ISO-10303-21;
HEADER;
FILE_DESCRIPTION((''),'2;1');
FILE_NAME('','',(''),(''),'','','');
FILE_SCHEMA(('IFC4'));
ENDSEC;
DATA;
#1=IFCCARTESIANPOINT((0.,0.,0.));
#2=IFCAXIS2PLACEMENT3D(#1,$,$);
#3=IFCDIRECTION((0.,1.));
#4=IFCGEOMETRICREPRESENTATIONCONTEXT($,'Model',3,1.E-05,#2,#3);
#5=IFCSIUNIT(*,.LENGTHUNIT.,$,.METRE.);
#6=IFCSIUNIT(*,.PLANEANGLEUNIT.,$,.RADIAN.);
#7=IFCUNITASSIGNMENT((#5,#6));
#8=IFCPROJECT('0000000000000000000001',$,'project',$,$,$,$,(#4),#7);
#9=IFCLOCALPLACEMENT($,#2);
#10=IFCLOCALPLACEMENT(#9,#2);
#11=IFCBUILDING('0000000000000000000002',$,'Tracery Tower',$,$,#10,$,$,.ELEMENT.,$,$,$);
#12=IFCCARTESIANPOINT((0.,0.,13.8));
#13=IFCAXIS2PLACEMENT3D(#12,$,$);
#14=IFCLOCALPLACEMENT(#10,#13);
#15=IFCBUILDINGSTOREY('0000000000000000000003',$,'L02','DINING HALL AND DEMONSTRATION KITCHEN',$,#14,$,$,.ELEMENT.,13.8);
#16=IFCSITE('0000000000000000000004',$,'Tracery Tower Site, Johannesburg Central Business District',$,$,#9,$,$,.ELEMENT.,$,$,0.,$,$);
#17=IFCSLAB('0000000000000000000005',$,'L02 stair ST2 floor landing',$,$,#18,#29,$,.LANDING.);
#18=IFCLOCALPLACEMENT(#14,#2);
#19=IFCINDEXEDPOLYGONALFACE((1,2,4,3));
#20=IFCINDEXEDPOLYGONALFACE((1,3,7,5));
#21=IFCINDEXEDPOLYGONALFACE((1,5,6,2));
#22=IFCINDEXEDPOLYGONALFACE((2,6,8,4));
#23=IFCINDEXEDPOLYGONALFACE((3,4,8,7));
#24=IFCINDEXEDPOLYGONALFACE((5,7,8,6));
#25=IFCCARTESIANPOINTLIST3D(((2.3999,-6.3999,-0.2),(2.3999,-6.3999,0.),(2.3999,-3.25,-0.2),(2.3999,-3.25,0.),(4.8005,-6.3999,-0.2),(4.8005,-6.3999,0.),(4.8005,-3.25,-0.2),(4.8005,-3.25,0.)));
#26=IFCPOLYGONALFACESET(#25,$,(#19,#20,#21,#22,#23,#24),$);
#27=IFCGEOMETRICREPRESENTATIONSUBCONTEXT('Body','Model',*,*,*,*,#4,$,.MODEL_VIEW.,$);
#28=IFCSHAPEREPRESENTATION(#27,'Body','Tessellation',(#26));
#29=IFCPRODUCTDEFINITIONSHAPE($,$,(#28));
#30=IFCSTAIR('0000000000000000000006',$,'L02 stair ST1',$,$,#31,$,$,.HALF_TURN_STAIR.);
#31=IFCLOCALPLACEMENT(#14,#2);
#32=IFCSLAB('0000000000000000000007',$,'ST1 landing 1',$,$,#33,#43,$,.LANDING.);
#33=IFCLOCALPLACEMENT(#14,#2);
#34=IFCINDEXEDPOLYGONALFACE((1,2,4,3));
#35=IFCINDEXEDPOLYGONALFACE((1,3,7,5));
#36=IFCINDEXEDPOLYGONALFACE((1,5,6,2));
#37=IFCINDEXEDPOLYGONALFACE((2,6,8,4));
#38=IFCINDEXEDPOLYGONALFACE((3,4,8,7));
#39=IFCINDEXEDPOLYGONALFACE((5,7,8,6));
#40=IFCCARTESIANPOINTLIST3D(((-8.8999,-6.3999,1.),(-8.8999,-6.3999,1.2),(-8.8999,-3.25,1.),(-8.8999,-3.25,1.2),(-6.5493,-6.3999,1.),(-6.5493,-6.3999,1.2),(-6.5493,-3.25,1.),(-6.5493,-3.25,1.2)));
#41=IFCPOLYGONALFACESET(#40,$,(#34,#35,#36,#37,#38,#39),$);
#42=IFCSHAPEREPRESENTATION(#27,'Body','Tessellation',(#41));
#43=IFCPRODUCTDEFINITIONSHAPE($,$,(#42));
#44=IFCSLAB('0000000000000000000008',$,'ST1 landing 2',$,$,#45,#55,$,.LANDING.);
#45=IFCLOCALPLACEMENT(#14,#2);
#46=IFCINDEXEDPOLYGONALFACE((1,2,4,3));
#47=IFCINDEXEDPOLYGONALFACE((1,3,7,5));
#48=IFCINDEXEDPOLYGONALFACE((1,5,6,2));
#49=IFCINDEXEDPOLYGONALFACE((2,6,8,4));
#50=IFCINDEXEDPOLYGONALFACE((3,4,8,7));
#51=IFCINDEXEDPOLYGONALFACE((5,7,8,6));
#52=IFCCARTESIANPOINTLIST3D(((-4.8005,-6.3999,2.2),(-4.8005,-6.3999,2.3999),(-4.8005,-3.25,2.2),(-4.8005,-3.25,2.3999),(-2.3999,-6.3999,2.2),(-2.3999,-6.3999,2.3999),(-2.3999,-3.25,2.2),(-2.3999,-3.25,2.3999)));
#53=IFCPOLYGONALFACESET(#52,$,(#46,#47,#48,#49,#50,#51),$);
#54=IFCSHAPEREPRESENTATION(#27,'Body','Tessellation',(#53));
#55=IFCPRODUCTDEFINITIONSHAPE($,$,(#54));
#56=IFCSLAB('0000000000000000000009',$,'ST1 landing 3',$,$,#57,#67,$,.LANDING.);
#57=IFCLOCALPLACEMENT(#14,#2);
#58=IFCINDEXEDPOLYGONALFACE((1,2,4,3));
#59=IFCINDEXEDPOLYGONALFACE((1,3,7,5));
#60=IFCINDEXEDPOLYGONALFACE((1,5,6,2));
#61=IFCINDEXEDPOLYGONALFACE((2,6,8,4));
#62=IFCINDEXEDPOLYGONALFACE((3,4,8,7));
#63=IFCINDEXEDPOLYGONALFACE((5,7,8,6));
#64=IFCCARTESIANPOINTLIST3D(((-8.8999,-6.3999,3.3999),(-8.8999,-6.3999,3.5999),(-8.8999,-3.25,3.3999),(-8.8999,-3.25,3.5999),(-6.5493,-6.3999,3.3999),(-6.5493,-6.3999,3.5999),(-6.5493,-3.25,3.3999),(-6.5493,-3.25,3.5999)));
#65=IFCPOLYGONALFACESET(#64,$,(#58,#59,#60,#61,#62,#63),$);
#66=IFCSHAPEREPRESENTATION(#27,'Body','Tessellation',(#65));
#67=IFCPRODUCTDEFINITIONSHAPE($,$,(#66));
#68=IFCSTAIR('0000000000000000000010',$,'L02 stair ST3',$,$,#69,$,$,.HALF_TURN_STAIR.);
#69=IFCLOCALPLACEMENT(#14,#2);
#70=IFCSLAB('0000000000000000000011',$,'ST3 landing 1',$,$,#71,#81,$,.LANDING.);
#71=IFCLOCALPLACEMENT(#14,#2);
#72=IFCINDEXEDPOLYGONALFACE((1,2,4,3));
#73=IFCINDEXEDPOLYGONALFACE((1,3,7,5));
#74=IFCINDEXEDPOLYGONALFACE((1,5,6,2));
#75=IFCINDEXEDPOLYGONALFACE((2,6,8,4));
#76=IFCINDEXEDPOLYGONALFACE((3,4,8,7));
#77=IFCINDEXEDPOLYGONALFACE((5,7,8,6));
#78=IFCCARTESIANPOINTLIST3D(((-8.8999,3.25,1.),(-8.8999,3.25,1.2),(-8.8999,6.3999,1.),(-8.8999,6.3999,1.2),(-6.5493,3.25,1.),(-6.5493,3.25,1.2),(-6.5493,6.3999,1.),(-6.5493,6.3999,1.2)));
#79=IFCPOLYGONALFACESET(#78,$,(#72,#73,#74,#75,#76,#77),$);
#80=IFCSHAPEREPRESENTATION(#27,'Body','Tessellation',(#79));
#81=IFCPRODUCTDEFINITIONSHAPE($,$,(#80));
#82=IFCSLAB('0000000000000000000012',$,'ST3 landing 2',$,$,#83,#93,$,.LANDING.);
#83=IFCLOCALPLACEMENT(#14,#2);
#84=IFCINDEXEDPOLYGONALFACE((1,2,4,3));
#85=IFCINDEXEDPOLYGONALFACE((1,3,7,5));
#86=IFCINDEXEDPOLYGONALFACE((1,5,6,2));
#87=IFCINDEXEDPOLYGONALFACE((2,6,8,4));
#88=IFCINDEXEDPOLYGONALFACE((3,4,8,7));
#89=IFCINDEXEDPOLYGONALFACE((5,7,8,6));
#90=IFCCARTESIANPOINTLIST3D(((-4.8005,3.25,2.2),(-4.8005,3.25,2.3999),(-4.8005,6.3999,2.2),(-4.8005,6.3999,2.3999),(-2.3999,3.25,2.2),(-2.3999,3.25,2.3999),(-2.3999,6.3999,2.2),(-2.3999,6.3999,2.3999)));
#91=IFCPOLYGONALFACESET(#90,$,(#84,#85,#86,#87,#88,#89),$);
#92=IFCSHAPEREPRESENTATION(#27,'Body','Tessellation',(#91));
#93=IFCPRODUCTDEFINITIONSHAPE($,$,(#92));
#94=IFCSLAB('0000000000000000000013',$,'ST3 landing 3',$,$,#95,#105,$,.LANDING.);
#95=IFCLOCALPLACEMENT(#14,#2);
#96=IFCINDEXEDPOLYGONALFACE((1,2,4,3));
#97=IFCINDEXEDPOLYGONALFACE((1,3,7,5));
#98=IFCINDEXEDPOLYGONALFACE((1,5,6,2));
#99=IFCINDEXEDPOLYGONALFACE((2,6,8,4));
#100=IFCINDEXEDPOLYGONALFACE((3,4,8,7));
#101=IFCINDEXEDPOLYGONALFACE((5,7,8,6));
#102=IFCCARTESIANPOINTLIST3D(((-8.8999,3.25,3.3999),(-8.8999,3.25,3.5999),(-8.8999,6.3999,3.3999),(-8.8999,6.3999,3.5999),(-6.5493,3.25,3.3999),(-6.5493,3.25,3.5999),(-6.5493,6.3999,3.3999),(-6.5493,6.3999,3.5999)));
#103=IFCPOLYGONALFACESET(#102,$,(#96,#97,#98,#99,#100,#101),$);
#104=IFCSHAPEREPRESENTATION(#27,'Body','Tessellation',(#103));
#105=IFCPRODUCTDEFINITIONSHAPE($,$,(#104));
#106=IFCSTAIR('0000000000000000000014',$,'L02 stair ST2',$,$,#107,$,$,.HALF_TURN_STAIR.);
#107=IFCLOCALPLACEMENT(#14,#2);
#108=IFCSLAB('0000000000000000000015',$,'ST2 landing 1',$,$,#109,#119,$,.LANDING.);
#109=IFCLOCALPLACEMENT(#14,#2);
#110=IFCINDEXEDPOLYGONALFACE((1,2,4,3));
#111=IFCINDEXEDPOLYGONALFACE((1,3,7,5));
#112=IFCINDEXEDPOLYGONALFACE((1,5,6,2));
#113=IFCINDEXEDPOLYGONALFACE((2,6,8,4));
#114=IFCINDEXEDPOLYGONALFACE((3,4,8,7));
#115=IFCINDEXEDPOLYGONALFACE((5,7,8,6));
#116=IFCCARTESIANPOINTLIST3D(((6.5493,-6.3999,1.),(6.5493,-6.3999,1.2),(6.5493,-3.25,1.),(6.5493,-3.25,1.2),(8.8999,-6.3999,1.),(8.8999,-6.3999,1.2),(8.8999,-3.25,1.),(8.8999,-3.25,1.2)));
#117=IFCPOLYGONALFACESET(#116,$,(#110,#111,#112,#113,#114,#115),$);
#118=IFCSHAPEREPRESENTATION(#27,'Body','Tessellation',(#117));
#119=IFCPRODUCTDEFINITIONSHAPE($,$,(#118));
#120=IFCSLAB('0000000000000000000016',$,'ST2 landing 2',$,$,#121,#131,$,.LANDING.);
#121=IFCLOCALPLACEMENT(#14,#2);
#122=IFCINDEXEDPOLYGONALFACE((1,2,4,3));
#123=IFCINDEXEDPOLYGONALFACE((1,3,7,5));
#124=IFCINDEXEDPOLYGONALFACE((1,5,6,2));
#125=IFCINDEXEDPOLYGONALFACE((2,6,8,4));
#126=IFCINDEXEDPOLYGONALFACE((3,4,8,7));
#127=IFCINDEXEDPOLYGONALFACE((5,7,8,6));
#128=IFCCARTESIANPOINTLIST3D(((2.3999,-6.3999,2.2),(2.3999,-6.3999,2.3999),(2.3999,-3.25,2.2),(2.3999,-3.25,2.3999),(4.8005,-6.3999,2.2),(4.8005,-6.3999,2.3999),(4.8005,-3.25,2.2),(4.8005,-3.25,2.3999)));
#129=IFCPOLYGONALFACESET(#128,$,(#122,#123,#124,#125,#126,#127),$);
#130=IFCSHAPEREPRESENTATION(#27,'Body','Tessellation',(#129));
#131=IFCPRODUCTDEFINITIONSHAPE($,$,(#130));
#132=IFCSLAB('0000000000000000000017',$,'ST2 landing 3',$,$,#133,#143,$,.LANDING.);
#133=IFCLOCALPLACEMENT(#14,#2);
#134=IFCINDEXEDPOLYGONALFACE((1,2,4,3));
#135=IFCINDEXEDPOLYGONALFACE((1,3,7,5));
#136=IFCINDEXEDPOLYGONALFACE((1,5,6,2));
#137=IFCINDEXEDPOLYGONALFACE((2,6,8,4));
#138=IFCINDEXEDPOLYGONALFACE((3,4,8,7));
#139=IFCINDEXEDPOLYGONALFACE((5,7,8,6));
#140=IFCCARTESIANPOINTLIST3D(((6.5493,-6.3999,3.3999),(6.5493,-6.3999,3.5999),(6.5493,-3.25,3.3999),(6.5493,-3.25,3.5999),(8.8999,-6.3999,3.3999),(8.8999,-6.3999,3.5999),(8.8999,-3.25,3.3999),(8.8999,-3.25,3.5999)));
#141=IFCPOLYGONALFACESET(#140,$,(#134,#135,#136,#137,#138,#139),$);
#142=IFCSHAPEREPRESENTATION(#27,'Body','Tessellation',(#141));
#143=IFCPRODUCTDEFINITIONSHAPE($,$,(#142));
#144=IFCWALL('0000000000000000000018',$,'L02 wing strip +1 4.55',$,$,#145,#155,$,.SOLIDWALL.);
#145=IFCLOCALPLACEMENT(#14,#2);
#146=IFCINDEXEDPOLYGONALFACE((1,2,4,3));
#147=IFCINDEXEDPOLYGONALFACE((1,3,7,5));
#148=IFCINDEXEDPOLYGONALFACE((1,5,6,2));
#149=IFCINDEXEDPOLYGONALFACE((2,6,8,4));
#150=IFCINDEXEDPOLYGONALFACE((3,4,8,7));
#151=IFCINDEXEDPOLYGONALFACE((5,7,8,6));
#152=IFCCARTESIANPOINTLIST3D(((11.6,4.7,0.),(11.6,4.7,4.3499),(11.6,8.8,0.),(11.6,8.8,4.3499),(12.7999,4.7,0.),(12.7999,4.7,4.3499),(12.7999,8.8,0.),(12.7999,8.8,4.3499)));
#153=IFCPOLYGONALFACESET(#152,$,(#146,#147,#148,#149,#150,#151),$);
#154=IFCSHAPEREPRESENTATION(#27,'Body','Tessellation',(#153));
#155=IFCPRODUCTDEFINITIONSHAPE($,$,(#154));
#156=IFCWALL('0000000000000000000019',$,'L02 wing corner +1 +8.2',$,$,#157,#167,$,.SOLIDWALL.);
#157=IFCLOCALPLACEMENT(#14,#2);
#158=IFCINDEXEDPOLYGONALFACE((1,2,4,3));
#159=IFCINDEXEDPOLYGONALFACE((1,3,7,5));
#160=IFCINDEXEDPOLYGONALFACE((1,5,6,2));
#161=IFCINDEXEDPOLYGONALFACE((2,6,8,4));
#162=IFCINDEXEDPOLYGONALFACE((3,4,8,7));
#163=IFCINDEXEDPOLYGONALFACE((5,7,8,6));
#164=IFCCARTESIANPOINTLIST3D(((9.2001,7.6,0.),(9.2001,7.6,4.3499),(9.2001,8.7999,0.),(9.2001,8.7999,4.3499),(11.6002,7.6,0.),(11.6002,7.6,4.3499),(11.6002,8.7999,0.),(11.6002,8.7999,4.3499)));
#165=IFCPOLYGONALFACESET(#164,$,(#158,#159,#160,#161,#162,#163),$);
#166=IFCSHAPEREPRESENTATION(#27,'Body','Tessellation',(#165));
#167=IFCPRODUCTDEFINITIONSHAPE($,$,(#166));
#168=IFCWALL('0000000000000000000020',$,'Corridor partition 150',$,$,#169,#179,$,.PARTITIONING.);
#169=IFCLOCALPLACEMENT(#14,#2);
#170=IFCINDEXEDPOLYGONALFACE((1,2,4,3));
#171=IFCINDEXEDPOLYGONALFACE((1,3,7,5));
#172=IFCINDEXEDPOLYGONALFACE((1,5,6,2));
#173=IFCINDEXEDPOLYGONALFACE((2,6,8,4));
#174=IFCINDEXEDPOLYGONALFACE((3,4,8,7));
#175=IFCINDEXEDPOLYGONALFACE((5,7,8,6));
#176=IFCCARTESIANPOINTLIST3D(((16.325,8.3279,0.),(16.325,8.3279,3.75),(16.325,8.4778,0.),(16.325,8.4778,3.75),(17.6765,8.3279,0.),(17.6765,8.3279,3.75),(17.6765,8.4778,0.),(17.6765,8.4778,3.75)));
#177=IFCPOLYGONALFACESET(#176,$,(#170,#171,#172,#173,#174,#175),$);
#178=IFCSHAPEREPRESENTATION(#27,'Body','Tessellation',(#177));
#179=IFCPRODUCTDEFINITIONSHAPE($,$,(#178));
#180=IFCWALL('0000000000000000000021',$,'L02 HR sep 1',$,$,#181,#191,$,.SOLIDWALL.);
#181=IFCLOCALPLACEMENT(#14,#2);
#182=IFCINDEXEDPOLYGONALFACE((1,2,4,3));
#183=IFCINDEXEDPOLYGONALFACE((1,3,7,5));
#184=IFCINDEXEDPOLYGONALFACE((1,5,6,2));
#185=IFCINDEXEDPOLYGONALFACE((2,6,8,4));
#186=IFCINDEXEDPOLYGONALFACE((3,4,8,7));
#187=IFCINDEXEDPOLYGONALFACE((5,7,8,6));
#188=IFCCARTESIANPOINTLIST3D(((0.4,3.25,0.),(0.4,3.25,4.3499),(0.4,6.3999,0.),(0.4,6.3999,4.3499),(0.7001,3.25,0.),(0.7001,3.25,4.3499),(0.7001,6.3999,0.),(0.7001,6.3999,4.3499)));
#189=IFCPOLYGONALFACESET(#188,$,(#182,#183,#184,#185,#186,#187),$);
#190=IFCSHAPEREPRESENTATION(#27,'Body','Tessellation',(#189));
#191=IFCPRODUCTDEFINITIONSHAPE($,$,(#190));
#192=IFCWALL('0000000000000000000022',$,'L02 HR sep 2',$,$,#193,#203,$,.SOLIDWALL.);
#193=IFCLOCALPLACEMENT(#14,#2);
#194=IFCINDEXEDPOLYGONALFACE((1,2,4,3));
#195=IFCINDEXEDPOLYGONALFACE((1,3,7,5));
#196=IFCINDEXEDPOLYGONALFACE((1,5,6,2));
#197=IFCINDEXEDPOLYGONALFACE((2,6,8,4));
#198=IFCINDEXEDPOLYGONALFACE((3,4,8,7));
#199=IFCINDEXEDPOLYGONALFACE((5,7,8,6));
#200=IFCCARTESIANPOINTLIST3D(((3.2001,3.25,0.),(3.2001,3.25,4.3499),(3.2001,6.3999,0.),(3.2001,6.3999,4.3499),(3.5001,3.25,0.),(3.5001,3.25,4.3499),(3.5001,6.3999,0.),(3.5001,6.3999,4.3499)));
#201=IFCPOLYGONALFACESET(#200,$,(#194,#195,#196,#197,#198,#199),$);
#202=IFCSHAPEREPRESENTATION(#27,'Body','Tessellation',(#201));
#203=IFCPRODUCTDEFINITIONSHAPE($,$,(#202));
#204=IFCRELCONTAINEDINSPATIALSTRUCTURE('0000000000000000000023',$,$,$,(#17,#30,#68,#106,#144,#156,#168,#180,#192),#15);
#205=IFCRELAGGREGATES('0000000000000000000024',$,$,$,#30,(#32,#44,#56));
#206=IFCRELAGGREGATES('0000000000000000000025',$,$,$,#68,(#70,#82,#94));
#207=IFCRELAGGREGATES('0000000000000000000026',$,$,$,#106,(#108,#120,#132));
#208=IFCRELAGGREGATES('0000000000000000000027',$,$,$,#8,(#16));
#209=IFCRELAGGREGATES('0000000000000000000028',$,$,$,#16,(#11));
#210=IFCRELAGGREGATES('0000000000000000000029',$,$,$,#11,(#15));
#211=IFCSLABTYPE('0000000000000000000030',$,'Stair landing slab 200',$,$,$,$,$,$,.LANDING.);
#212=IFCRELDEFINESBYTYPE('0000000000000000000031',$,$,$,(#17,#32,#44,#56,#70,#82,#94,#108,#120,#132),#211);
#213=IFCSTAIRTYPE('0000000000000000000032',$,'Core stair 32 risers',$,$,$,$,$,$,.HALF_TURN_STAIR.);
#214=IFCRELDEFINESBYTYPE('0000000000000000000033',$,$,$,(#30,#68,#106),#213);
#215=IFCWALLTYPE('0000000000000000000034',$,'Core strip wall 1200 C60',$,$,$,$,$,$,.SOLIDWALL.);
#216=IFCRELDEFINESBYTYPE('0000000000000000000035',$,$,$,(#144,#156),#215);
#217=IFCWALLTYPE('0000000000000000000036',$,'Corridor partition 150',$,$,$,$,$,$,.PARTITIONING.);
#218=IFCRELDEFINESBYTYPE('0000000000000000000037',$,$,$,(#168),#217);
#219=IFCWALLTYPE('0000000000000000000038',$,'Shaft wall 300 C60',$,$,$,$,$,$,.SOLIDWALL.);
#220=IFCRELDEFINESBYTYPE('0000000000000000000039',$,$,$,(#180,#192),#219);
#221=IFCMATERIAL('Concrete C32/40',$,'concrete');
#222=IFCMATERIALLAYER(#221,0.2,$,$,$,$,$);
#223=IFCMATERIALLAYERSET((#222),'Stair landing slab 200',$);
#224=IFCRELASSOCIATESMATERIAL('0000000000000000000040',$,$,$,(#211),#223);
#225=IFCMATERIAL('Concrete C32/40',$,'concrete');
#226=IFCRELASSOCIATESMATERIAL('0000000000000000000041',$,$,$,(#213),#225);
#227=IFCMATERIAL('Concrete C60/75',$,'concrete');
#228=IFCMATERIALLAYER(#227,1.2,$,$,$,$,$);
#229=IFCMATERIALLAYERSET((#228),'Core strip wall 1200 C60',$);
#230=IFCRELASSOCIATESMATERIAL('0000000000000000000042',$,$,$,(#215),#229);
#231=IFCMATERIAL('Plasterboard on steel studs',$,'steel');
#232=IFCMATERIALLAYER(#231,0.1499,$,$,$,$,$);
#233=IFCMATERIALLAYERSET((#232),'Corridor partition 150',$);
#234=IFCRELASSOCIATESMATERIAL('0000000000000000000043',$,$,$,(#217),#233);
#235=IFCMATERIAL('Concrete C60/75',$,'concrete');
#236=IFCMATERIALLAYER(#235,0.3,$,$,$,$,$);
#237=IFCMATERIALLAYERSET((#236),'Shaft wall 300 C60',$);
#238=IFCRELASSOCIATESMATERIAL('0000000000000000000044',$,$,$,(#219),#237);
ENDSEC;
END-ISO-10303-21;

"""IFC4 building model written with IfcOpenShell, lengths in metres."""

from ifc_helpers import new_model, si_unit, direction, frame, frame_2d, origin, place, context, subcontext, project, spatial, polyline, rectangle, outline, extrude, material, layer, layer_set, type_object, element, aggregate, save


model = new_model("IFC4")

# Units and contexts
model_context = context("Model", 3, precision=1e-05, world=origin(), true_north=direction((0.0, 1.0)))
body_context = subcontext(model_context, "Body", "Model", "MODEL_VIEW")
ifc_project = project(units=[si_unit("LENGTHUNIT", "METRE"), si_unit("PLANEANGLEUNIT", "RADIAN")], contexts=[model_context])

# Site, building, storey
site_placement = place(None, origin())
site = spatial("IfcSite", under=ifc_project, at=site_placement, Name="Tracery Tower Site, Johannesburg Central Business District", CompositionType="ELEMENT", RefElevation=0.0)
building_placement = place(site_placement, origin())
building = spatial("IfcBuilding", under=site, at=building_placement, Name="Tracery Tower", CompositionType="ELEMENT")
storey_placement = place(building_placement, frame((0.0, 0.0, 13.8)))
storey = spatial("IfcBuildingStorey", under=building, at=storey_placement, Name="L02", Description="DINING HALL AND DEMONSTRATION KITCHEN", CompositionType="ELEMENT", Elevation=13.8)

# Slab
ifc_material_1 = material(Name="Concrete C32/40", Category="concrete")
ifc_layer_1 = layer(ifc_material_1, 0.2)
ifc_layer_set_1 = layer_set([ifc_layer_1], Name="Stair landing slab 200")
slab_type = type_object("IfcSlabType", Name="Stair landing slab 200", PredefinedType="LANDING", material=ifc_layer_set_1)
slab_1_placement = place(storey_placement, frame((0.0, 0.0, -0.2)))
element("IfcSlab", 1, at=slab_1_placement, inside=storey, type_object=slab_type, Name="L02 stair ST2 floor landing", PredefinedType="LANDING", context=body_context, shape_type="SweptSolid", body=[
    extrude(outline(polyline([(2.3999, -6.3999), (4.8005, -6.3999), (4.8005, -3.25), (2.3999, -3.25), (2.3999, -6.3999)])), origin(), (0.0, 0.0, 1.0), 0.2),
])

# Stairs, slabs
ifc_material_2 = material(Name="Concrete C32/40", Category="concrete")
stair_type = type_object("IfcStairType", Name="Core stair 32 risers", PredefinedType="HALF_TURN_STAIR", material=ifc_material_2)
stair_1_placement = place(storey_placement, origin())
stair_1 = element("IfcStair", 2, at=stair_1_placement, inside=storey, type_object=stair_type, Name="L02 stair ST1", PredefinedType="HALF_TURN_STAIR")
slab_2_placement = place(storey_placement, frame((0.0, 0.0, 1.0)))
slab_2 = element("IfcSlab", 3, at=slab_2_placement, type_object=slab_type, Name="ST1 landing 1", PredefinedType="LANDING", context=body_context, shape_type="SweptSolid", body=[
    extrude(outline(polyline([(-6.5493, -3.25), (-8.8999, -3.25), (-8.8999, -6.3999), (-6.5493, -6.3999), (-6.5493, -3.25)])), origin(), (0.0, 0.0, 1.0), 0.2),
])
slab_3_placement = place(storey_placement, frame((0.0, 0.0, 2.2)))
slab_3 = element("IfcSlab", 4, at=slab_3_placement, type_object=slab_type, Name="ST1 landing 2", PredefinedType="LANDING", context=body_context, shape_type="SweptSolid", body=[
    extrude(outline(polyline([(-2.3999, -3.25), (-4.8005, -3.25), (-4.8005, -6.3999), (-2.3999, -6.3999), (-2.3999, -3.25)])), origin(), (0.0, 0.0, 1.0), 0.2),
])
slab_4_placement = place(storey_placement, frame((0.0, 0.0, 3.3999)))
slab_4 = element("IfcSlab", 5, at=slab_4_placement, type_object=slab_type, Name="ST1 landing 3", PredefinedType="LANDING", context=body_context, shape_type="SweptSolid", body=[
    extrude(outline(polyline([(-6.5493, -3.25), (-8.8999, -3.25), (-8.8999, -6.3999), (-6.5493, -6.3999), (-6.5493, -3.25)])), origin(), (0.0, 0.0, 1.0), 0.2),
])
aggregate(stair_1, [slab_2, slab_3, slab_4])
stair_2_placement = place(storey_placement, origin())
stair_2 = element("IfcStair", 6, at=stair_2_placement, inside=storey, type_object=stair_type, Name="L02 stair ST3", PredefinedType="HALF_TURN_STAIR")
slab_5_placement = place(storey_placement, frame((0.0, 0.0, 1.0)))
slab_5 = element("IfcSlab", 7, at=slab_5_placement, type_object=slab_type, Name="ST3 landing 1", PredefinedType="LANDING", context=body_context, shape_type="SweptSolid", body=[
    extrude(outline(polyline([(-6.5493, 6.3999), (-8.8999, 6.3999), (-8.8999, 3.25), (-6.5493, 3.25), (-6.5493, 6.3999)])), origin(), (0.0, 0.0, 1.0), 0.2),
])
slab_6_placement = place(storey_placement, frame((0.0, 0.0, 2.2)))
slab_6 = element("IfcSlab", 8, at=slab_6_placement, type_object=slab_type, Name="ST3 landing 2", PredefinedType="LANDING", context=body_context, shape_type="SweptSolid", body=[
    extrude(outline(polyline([(-2.3999, 6.3999), (-4.8005, 6.3999), (-4.8005, 3.25), (-2.3999, 3.25), (-2.3999, 6.3999)])), origin(), (0.0, 0.0, 1.0), 0.2),
])
slab_7_placement = place(storey_placement, frame((0.0, 0.0, 3.3999)))
slab_7 = element("IfcSlab", 9, at=slab_7_placement, type_object=slab_type, Name="ST3 landing 3", PredefinedType="LANDING", context=body_context, shape_type="SweptSolid", body=[
    extrude(outline(polyline([(-6.5493, 6.3999), (-8.8999, 6.3999), (-8.8999, 3.25), (-6.5493, 3.25), (-6.5493, 6.3999)])), origin(), (0.0, 0.0, 1.0), 0.2),
])
aggregate(stair_2, [slab_5, slab_6, slab_7])
stair_3_placement = place(storey_placement, origin())
stair_3 = element("IfcStair", 10, at=stair_3_placement, inside=storey, type_object=stair_type, Name="L02 stair ST2", PredefinedType="HALF_TURN_STAIR")
slab_8_placement = place(storey_placement, frame((0.0, 0.0, 1.0)))
slab_8 = element("IfcSlab", 11, at=slab_8_placement, type_object=slab_type, Name="ST2 landing 1", PredefinedType="LANDING", context=body_context, shape_type="SweptSolid", body=[
    extrude(outline(polyline([(6.5493, -6.3999), (8.8999, -6.3999), (8.8999, -3.25), (6.5493, -3.25), (6.5493, -6.3999)])), origin(), (0.0, 0.0, 1.0), 0.2),
])
slab_9_placement = place(storey_placement, frame((0.0, 0.0, 2.2)))
slab_9 = element("IfcSlab", 12, at=slab_9_placement, type_object=slab_type, Name="ST2 landing 2", PredefinedType="LANDING", context=body_context, shape_type="SweptSolid", body=[
    extrude(outline(polyline([(2.3999, -6.3999), (4.8005, -6.3999), (4.8005, -3.25), (2.3999, -3.25), (2.3999, -6.3999)])), origin(), (0.0, 0.0, 1.0), 0.2),
])
slab_10_placement = place(storey_placement, frame((0.0, 0.0, 3.3999)))
slab_10 = element("IfcSlab", 13, at=slab_10_placement, type_object=slab_type, Name="ST2 landing 3", PredefinedType="LANDING", context=body_context, shape_type="SweptSolid", body=[
    extrude(outline(polyline([(6.5493, -6.3999), (8.8999, -6.3999), (8.8999, -3.25), (6.5493, -3.25), (6.5493, -6.3999)])), origin(), (0.0, 0.0, 1.0), 0.2),
])
aggregate(stair_3, [slab_8, slab_9, slab_10])

# Walls
ifc_material_3 = material(Name="Concrete C60/75", Category="concrete")
ifc_layer_2 = layer(ifc_material_3, 1.2)
ifc_layer_set_2 = layer_set([ifc_layer_2], Name="Core strip wall 1200 C60")
wall_type_1 = type_object("IfcWallType", Name="Core strip wall 1200 C60", PredefinedType="SOLIDWALL", material=ifc_layer_set_2)
wall_1_placement = place(storey_placement, frame((12.2, 4.7, 0.0), z_axis=(0.0, 0.0, 1.0), x_axis=(0.0, 1.0, 0.0)))
element("IfcWall", 14, at=wall_1_placement, inside=storey, type_object=wall_type_1, Name="L02 wing strip +1 4.55", PredefinedType="SOLIDWALL", context=body_context, shape_type="SweptSolid", body=[
    extrude(rectangle(XDim=4.1001, YDim=1.2, at=frame_2d((2.05, 0.0))), origin(), (0.0, 0.0, 1.0), 4.3499),
])
wall_2_placement = place(storey_placement, frame((9.2, 8.2, 0.0), z_axis=(0.0, 0.0, 1.0), x_axis=(1.0, 0.0, 0.0)))
element("IfcWall", 15, at=wall_2_placement, inside=storey, type_object=wall_type_1, Name="L02 wing corner +1 +8.2", PredefinedType="SOLIDWALL", context=body_context, shape_type="SweptSolid", body=[
    extrude(rectangle(XDim=2.4001, YDim=1.2, at=frame_2d((1.2002, 0.0))), origin(), (0.0, 0.0, 1.0), 4.3499),
])
ifc_material_4 = material(Name="Plasterboard on steel studs", Category="steel")
ifc_layer_3 = layer(ifc_material_4, 0.1499)
ifc_layer_set_3 = layer_set([ifc_layer_3], Name="Corridor partition 150")
wall_type_2 = type_object("IfcWallType", Name="Corridor partition 150", PredefinedType="PARTITIONING", material=ifc_layer_set_3)
wall_3_placement = place(storey_placement, frame((16.325, 8.4028, 0.0), z_axis=(0.0, 0.0, 1.0), x_axis=(1.0, 0.0, 0.0)))
element("IfcWall", 16, at=wall_3_placement, inside=storey, type_object=wall_type_2, Name="Corridor partition 150", PredefinedType="PARTITIONING", context=body_context, shape_type="SweptSolid", body=[
    extrude(rectangle(XDim=1.3516, YDim=0.1499, at=frame_2d((0.6758, 0.0))), origin(), (0.0, 0.0, 1.0), 3.75),
])
ifc_material_5 = material(Name="Concrete C60/75", Category="concrete")
ifc_layer_4 = layer(ifc_material_5, 0.3)
ifc_layer_set_4 = layer_set([ifc_layer_4], Name="Shaft wall 300 C60")
wall_type_3 = type_object("IfcWallType", Name="Shaft wall 300 C60", PredefinedType="SOLIDWALL", material=ifc_layer_set_4)
for number, where, z_axis, x_axis, name in (
    (17, (0.55, 3.25, 0.0), (0.0, 0.0, 1.0), (0.0, 1.0, 0.0), "L02 HR sep 1"),
    (18, (3.3501, 3.25, 0.0), (0.0, 0.0, 1.0), (0.0, 1.0, 0.0), "L02 HR sep 2"),
):
    element("IfcWall", number, at=place(storey_placement, frame(where, z_axis=z_axis, x_axis=x_axis)), inside=storey, type_object=wall_type_3, Name=name, PredefinedType="SOLIDWALL", context=body_context, shape_type="SweptSolid", body=[
        extrude(rectangle(XDim=3.1499, YDim=0.3, at=frame_2d((1.575, 0.0))), origin(), (0.0, 0.0, 1.0), 4.3499),
    ])

save(model, "model.ifc")
